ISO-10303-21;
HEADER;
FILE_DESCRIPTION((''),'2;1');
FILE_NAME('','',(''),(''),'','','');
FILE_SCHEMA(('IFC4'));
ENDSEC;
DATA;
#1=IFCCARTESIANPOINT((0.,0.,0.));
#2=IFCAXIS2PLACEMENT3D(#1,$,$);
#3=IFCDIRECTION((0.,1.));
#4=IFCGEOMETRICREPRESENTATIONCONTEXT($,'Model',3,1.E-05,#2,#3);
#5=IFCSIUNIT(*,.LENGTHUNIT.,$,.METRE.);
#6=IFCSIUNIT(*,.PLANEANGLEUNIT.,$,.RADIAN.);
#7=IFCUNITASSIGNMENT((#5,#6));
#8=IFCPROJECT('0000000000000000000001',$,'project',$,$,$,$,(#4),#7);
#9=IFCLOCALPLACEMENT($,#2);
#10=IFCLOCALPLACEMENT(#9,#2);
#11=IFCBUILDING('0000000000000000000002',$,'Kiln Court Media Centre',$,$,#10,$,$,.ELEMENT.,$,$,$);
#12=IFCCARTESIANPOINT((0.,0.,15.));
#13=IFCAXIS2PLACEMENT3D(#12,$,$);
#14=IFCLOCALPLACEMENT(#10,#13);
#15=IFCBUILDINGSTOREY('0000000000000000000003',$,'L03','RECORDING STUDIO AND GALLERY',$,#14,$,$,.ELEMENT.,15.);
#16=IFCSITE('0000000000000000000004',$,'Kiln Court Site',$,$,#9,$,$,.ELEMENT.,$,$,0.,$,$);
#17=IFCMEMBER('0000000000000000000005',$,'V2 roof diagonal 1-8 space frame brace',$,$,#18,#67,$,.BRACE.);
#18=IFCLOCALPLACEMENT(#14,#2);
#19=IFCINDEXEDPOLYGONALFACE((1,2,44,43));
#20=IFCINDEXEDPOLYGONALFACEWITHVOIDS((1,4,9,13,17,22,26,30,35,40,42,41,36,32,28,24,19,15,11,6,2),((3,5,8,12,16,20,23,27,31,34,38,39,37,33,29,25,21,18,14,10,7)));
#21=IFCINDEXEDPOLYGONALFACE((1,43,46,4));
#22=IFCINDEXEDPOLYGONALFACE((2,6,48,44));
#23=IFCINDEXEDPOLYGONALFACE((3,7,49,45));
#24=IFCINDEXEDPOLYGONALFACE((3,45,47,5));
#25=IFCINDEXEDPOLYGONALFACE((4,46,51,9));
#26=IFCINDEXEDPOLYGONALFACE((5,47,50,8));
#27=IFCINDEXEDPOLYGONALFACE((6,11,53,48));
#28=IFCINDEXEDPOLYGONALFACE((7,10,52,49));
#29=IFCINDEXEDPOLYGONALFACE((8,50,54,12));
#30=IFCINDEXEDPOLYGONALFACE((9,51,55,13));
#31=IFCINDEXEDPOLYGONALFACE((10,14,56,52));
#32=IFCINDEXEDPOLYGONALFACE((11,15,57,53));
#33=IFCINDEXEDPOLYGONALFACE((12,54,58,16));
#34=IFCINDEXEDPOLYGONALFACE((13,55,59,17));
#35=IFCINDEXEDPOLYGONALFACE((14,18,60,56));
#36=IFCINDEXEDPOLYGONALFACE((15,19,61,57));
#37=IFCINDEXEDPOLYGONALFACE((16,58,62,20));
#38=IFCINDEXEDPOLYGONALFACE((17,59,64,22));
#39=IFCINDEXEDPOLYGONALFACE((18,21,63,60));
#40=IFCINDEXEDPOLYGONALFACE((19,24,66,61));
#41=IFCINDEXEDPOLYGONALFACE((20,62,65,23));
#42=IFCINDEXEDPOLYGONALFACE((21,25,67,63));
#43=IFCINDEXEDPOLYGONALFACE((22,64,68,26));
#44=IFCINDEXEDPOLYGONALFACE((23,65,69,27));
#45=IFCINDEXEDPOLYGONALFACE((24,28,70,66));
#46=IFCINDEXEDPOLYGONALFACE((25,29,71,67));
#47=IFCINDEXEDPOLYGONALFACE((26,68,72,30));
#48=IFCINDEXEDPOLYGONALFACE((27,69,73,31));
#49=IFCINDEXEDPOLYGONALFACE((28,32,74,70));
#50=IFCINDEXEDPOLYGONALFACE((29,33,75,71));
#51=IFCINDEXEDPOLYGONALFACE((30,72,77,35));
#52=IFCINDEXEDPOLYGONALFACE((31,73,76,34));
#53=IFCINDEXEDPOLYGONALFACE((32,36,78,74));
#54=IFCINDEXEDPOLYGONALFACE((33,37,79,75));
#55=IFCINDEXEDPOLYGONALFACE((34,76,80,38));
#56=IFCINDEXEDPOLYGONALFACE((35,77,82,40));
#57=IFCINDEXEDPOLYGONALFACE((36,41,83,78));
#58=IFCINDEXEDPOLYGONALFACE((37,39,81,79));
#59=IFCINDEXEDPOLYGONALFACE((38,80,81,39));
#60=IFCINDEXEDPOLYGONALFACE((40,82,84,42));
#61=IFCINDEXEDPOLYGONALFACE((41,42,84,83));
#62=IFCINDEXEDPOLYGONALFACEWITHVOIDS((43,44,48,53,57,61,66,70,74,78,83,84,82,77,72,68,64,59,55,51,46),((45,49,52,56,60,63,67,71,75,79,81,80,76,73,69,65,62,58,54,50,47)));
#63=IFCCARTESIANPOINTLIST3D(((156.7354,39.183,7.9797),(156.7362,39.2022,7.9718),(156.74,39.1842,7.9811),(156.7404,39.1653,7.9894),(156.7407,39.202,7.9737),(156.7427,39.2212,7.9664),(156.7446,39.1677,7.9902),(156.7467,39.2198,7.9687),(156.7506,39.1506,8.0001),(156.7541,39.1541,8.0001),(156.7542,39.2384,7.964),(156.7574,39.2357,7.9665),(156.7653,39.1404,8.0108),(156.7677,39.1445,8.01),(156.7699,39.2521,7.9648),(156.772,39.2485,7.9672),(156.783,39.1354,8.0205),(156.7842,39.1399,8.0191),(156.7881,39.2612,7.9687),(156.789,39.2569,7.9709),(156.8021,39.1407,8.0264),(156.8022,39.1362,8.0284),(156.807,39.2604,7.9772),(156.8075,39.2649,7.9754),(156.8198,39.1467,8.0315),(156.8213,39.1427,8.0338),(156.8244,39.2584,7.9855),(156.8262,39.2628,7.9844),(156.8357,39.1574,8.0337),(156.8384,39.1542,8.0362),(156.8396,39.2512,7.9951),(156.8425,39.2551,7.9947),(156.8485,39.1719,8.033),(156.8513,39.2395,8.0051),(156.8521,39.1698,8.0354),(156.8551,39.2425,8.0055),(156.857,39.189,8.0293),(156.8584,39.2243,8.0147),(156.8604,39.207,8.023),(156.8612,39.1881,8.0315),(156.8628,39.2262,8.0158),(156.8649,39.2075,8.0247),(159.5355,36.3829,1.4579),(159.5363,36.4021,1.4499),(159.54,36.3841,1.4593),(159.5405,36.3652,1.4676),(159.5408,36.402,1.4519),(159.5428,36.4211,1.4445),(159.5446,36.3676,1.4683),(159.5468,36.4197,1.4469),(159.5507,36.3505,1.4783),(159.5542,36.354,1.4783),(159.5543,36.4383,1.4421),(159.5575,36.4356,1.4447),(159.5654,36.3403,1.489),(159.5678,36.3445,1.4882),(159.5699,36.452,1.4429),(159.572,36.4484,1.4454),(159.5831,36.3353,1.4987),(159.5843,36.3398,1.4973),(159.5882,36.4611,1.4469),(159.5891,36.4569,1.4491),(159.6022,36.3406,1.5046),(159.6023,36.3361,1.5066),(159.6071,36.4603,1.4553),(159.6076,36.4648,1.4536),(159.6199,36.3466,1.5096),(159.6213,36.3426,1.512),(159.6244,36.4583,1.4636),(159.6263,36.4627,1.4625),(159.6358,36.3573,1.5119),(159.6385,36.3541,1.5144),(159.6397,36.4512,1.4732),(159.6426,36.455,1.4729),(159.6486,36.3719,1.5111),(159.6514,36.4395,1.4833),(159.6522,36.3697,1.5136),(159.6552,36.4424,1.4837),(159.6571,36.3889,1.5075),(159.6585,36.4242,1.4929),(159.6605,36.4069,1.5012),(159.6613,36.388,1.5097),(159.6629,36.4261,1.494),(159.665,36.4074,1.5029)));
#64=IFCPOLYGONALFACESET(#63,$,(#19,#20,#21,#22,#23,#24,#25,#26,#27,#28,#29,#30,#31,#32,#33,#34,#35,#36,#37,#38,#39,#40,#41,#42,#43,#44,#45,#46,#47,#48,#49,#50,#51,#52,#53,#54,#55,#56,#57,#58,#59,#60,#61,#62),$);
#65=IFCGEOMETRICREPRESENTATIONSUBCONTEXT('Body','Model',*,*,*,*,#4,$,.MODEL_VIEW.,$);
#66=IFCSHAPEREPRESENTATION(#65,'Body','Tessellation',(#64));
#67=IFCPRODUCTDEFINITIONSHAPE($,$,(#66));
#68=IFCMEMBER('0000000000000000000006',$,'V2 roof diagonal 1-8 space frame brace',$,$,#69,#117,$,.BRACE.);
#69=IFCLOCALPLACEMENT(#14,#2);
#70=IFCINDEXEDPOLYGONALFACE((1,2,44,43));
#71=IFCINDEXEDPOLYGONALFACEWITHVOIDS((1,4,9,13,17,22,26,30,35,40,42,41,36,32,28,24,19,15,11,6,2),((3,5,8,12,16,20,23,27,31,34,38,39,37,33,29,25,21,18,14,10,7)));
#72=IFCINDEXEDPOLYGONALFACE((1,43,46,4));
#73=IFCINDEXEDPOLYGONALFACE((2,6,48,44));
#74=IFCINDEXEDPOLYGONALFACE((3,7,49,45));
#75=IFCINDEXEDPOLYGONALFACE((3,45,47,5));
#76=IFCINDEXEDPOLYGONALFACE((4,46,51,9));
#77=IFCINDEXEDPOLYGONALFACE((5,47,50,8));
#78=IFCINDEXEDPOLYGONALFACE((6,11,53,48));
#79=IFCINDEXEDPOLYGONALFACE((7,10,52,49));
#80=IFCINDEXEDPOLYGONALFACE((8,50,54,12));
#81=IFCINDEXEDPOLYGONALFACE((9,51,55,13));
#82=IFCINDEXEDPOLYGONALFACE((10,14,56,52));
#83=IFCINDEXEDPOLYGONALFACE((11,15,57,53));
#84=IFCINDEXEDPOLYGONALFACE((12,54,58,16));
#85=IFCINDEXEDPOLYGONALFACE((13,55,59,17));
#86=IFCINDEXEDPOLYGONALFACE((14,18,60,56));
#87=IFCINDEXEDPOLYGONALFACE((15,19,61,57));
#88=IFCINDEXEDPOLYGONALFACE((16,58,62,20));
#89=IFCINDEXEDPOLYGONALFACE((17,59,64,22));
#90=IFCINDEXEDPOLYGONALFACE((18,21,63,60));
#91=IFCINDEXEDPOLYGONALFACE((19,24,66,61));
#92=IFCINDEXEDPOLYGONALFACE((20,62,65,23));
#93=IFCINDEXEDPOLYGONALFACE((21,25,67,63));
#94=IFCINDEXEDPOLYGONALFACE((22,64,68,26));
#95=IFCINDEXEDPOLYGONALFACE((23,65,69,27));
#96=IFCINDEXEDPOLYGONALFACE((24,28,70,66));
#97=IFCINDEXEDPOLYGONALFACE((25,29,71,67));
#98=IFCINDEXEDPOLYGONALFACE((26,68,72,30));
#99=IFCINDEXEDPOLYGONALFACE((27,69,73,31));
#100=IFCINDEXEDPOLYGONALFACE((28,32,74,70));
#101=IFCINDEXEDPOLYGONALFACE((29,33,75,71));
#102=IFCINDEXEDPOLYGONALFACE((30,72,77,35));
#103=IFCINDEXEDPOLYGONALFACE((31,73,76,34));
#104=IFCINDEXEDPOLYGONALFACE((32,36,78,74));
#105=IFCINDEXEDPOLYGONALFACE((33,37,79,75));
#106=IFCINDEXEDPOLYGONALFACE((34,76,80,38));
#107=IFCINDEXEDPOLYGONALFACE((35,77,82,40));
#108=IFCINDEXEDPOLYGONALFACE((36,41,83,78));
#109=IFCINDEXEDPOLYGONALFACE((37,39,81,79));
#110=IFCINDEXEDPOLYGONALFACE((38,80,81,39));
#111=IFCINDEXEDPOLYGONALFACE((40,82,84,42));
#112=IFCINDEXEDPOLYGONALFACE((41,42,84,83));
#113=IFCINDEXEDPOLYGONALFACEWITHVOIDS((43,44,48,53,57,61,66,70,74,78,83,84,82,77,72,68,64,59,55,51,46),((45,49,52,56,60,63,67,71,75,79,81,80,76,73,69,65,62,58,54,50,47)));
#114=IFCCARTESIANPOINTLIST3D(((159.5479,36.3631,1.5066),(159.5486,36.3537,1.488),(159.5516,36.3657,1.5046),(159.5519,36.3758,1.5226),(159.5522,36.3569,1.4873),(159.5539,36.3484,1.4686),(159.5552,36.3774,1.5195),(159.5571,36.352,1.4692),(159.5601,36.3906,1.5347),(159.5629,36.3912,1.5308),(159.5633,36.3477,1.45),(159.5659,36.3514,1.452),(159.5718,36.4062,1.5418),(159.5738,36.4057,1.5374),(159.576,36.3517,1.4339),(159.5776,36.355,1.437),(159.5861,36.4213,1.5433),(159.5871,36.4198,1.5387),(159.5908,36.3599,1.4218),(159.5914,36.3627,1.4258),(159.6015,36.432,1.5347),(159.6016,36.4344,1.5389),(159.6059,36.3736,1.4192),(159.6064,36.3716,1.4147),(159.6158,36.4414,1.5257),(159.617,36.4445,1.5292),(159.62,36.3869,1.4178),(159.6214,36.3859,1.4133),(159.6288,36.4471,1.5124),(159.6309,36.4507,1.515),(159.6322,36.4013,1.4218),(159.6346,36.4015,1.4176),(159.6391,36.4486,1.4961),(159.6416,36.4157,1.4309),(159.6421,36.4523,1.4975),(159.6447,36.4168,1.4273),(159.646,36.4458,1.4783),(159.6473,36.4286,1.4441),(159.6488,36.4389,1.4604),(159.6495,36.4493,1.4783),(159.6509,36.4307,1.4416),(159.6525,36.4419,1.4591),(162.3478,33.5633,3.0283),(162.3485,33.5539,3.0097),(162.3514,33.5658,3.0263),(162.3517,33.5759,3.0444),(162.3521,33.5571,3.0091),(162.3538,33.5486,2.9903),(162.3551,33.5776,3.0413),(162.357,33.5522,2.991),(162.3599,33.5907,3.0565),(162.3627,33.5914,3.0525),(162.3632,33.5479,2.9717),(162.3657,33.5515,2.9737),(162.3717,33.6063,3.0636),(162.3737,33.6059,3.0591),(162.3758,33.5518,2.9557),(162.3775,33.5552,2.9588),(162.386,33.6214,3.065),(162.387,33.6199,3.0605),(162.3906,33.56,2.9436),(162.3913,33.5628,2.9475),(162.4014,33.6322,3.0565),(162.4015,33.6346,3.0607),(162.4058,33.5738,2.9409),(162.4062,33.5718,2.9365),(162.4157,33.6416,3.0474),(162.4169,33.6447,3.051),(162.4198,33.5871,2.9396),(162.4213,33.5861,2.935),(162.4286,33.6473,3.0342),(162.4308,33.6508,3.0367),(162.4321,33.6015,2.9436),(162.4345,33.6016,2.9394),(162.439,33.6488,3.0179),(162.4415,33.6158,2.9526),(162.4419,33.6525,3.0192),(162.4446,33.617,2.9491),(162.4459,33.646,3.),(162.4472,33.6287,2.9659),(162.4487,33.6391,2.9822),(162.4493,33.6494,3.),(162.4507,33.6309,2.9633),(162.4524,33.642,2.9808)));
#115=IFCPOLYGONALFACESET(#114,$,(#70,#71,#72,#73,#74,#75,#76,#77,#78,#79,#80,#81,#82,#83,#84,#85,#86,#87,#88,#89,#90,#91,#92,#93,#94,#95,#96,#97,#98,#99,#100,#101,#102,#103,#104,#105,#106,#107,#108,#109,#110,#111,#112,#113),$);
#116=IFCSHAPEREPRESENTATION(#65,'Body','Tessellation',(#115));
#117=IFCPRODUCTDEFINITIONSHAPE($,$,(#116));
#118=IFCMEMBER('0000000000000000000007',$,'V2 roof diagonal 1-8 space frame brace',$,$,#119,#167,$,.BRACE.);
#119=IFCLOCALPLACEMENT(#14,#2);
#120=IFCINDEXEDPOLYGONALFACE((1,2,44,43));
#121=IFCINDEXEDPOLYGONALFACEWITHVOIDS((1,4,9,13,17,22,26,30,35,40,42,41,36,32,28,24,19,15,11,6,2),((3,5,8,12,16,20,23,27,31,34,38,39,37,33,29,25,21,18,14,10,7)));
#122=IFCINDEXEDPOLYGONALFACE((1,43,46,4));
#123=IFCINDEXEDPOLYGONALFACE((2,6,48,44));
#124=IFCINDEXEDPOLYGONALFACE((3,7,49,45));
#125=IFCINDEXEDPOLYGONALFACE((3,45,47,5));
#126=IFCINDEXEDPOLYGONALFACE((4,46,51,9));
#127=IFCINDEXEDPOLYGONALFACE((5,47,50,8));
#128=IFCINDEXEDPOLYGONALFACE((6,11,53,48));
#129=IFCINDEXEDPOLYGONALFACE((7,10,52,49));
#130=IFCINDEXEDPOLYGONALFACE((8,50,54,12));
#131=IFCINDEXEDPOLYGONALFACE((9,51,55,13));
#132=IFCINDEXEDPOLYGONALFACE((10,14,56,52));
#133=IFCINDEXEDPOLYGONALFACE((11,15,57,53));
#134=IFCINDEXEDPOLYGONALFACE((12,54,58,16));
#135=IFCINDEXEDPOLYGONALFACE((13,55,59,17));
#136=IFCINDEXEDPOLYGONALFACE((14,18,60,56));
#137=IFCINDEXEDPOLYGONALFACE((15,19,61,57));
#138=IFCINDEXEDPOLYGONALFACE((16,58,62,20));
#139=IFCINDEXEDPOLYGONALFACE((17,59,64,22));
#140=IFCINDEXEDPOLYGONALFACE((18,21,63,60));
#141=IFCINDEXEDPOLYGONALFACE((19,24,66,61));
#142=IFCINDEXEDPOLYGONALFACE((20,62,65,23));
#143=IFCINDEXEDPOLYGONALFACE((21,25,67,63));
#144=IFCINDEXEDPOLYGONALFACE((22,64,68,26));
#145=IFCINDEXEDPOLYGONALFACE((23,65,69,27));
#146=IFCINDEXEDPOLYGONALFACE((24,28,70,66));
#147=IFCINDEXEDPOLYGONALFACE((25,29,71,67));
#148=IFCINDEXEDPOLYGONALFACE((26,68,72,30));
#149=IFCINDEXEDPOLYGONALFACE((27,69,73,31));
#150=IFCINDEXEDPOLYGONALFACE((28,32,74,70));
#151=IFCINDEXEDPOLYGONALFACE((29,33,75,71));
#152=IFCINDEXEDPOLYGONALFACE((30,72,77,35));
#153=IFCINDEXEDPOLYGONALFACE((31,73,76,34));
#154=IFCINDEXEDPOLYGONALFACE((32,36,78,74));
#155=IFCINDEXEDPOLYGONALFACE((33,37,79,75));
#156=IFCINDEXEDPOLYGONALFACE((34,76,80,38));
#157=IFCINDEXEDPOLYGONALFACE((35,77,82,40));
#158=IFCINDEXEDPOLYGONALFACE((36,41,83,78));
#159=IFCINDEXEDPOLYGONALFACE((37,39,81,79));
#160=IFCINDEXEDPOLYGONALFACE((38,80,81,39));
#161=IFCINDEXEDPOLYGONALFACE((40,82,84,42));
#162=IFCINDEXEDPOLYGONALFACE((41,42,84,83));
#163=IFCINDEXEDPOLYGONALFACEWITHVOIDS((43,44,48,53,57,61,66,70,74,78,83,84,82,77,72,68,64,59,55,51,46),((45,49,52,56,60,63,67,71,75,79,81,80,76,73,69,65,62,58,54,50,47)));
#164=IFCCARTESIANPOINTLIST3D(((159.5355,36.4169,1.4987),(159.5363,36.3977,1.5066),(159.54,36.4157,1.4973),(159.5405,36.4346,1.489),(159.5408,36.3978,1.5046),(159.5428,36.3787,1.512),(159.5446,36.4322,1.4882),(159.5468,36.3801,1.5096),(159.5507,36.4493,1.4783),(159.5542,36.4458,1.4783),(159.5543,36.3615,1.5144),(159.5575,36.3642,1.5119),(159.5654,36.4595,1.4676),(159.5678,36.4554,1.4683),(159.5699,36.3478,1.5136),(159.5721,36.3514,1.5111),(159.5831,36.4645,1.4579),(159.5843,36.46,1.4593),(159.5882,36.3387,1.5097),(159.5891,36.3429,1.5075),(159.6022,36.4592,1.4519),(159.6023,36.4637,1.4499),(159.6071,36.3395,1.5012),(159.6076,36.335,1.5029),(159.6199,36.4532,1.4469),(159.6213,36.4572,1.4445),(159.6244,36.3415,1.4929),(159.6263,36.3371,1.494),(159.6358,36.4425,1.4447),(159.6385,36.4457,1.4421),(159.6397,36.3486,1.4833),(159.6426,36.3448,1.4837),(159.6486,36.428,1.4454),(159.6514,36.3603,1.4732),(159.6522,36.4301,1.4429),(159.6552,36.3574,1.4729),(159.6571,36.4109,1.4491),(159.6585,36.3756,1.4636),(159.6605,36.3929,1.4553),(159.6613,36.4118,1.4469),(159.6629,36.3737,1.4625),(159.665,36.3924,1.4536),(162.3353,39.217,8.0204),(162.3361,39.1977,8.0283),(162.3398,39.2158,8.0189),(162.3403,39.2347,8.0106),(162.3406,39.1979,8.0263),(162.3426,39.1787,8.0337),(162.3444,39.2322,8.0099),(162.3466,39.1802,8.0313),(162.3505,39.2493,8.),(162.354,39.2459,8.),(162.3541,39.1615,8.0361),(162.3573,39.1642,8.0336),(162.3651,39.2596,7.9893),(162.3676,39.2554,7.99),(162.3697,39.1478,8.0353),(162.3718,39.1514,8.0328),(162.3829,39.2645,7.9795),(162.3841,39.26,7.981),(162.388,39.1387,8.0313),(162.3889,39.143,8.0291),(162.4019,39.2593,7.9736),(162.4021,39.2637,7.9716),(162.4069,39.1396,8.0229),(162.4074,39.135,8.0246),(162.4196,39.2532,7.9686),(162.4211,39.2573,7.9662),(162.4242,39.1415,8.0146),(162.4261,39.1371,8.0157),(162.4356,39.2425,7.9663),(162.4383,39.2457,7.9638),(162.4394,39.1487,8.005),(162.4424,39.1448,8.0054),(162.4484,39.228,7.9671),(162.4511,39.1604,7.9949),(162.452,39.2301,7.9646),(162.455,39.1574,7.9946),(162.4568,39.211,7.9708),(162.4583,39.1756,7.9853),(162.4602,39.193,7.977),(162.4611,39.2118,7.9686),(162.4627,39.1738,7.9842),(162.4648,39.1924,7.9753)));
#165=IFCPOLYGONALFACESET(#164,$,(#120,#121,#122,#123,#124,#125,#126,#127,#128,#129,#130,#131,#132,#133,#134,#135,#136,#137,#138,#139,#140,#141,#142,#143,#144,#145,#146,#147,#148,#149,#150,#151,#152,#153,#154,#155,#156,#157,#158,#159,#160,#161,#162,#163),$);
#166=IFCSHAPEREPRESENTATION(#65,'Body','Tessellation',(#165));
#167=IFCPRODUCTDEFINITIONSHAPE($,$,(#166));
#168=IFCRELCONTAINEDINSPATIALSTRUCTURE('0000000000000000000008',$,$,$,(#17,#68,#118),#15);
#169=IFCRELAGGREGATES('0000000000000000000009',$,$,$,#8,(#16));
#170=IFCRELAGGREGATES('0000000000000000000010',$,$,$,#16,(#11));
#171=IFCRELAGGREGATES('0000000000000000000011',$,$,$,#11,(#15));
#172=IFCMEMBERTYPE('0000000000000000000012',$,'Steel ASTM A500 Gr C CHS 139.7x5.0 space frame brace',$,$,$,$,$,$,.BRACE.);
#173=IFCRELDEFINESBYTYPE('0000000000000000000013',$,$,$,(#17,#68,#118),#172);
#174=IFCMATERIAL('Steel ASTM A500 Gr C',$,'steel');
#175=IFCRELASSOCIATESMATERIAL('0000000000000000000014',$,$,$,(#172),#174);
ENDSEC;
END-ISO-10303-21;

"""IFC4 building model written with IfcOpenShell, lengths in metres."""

from ifc_helpers import new_model, si_unit, direction, frame, origin, origin_2d, place, context, subcontext, project, spatial, hollow_circle, extrude, material, material_profile, profile_set, type_object, element, save


model = new_model("IFC4")

# Units and contexts
model_context = context("Model", 3, precision=1e-05, world=origin(), true_north=direction((0.0, 1.0)))
body_context = subcontext(model_context, "Body", "Model", "MODEL_VIEW")
ifc_project = project(units=[si_unit("LENGTHUNIT", "METRE"), si_unit("PLANEANGLEUNIT", "RADIAN")], contexts=[model_context])

# Site, building, storey
site_placement = place(None, origin())
site = spatial("IfcSite", under=ifc_project, at=site_placement, Name="Kiln Court Site", CompositionType="ELEMENT", RefElevation=0.0)
building_placement = place(site_placement, origin())
building = spatial("IfcBuilding", under=site, at=building_placement, Name="Kiln Court Media Centre", CompositionType="ELEMENT")
storey_placement = place(building_placement, frame((0.0, 0.0, 15.0)))
storey = spatial("IfcBuildingStorey", under=building, at=storey_placement, Name="L03", Description="RECORDING STUDIO AND GALLERY", CompositionType="ELEMENT", Elevation=15.0)

# Members
ifc_material_1 = material(Name="Steel ASTM A500 Gr C", Category="steel")
ifc_material_profile_1 = material_profile(ifc_material_1, hollow_circle(Radius=0.0698, WallThickness=0.0049, at=origin_2d()), Name="CHS 139.7x5.0")
ifc_profile_set_1 = profile_set([ifc_material_profile_1], Name="Steel ASTM A500 Gr C")
member_type_1 = type_object("IfcMemberType", Name="Steel ASTM A500 Gr C CHS 139.7x5.0 space frame brace", PredefinedType="BRACE", material=ifc_profile_set_1)
member_1_placement = place(storey_placement, frame((159.6001, 36.3999, 1.4783), z_axis=(-0.36699, 0.36699, 0.854773), x_axis=(-0.707107, -0.707107, 0.0)))
element("IfcMember", 1, at=member_1_placement, inside=storey, type_object=member_type_1, Name="V2 roof diagonal 1-8 space frame brace", PredefinedType="BRACE", context=body_context, shape_type="SweptSolid", body=[
    extrude(hollow_circle(Radius=0.0698, WallThickness=0.0049, at=origin_2d()), origin(), (0.0, 0.0, 1.0), 7.6299),
])
member_2_placement = place(storey_placement, frame((159.6001, 36.3999, 1.4783), z_axis=(0.66004, -0.66004, 0.35874), x_axis=(0.707107, 0.707107, 0.0)))
element("IfcMember", 2, at=member_2_placement, inside=storey, type_object=member_type_1, Name="V2 roof diagonal 1-8 space frame brace", PredefinedType="BRACE", context=body_context, shape_type="SweptSolid", body=[
    extrude(hollow_circle(Radius=0.0698, WallThickness=0.0049, at=origin_2d()), origin(), (0.0, 0.0, 1.0), 4.2419),
])
member_3_placement = place(storey_placement, frame((159.6001, 36.3999, 1.4783), z_axis=(0.366962, 0.366994, 0.854783), x_axis=(-0.707138, 0.707076, 0.0)))
element("IfcMember", 3, at=member_3_placement, inside=storey, type_object=member_type_1, Name="V2 roof diagonal 1-8 space frame brace", PredefinedType="BRACE", context=body_context, shape_type="SweptSolid", body=[
    extrude(hollow_circle(Radius=0.0698, WallThickness=0.0049, at=origin_2d()), origin(), (0.0, 0.0, 1.0), 7.6296),
])

save(model, "model.ifc")
